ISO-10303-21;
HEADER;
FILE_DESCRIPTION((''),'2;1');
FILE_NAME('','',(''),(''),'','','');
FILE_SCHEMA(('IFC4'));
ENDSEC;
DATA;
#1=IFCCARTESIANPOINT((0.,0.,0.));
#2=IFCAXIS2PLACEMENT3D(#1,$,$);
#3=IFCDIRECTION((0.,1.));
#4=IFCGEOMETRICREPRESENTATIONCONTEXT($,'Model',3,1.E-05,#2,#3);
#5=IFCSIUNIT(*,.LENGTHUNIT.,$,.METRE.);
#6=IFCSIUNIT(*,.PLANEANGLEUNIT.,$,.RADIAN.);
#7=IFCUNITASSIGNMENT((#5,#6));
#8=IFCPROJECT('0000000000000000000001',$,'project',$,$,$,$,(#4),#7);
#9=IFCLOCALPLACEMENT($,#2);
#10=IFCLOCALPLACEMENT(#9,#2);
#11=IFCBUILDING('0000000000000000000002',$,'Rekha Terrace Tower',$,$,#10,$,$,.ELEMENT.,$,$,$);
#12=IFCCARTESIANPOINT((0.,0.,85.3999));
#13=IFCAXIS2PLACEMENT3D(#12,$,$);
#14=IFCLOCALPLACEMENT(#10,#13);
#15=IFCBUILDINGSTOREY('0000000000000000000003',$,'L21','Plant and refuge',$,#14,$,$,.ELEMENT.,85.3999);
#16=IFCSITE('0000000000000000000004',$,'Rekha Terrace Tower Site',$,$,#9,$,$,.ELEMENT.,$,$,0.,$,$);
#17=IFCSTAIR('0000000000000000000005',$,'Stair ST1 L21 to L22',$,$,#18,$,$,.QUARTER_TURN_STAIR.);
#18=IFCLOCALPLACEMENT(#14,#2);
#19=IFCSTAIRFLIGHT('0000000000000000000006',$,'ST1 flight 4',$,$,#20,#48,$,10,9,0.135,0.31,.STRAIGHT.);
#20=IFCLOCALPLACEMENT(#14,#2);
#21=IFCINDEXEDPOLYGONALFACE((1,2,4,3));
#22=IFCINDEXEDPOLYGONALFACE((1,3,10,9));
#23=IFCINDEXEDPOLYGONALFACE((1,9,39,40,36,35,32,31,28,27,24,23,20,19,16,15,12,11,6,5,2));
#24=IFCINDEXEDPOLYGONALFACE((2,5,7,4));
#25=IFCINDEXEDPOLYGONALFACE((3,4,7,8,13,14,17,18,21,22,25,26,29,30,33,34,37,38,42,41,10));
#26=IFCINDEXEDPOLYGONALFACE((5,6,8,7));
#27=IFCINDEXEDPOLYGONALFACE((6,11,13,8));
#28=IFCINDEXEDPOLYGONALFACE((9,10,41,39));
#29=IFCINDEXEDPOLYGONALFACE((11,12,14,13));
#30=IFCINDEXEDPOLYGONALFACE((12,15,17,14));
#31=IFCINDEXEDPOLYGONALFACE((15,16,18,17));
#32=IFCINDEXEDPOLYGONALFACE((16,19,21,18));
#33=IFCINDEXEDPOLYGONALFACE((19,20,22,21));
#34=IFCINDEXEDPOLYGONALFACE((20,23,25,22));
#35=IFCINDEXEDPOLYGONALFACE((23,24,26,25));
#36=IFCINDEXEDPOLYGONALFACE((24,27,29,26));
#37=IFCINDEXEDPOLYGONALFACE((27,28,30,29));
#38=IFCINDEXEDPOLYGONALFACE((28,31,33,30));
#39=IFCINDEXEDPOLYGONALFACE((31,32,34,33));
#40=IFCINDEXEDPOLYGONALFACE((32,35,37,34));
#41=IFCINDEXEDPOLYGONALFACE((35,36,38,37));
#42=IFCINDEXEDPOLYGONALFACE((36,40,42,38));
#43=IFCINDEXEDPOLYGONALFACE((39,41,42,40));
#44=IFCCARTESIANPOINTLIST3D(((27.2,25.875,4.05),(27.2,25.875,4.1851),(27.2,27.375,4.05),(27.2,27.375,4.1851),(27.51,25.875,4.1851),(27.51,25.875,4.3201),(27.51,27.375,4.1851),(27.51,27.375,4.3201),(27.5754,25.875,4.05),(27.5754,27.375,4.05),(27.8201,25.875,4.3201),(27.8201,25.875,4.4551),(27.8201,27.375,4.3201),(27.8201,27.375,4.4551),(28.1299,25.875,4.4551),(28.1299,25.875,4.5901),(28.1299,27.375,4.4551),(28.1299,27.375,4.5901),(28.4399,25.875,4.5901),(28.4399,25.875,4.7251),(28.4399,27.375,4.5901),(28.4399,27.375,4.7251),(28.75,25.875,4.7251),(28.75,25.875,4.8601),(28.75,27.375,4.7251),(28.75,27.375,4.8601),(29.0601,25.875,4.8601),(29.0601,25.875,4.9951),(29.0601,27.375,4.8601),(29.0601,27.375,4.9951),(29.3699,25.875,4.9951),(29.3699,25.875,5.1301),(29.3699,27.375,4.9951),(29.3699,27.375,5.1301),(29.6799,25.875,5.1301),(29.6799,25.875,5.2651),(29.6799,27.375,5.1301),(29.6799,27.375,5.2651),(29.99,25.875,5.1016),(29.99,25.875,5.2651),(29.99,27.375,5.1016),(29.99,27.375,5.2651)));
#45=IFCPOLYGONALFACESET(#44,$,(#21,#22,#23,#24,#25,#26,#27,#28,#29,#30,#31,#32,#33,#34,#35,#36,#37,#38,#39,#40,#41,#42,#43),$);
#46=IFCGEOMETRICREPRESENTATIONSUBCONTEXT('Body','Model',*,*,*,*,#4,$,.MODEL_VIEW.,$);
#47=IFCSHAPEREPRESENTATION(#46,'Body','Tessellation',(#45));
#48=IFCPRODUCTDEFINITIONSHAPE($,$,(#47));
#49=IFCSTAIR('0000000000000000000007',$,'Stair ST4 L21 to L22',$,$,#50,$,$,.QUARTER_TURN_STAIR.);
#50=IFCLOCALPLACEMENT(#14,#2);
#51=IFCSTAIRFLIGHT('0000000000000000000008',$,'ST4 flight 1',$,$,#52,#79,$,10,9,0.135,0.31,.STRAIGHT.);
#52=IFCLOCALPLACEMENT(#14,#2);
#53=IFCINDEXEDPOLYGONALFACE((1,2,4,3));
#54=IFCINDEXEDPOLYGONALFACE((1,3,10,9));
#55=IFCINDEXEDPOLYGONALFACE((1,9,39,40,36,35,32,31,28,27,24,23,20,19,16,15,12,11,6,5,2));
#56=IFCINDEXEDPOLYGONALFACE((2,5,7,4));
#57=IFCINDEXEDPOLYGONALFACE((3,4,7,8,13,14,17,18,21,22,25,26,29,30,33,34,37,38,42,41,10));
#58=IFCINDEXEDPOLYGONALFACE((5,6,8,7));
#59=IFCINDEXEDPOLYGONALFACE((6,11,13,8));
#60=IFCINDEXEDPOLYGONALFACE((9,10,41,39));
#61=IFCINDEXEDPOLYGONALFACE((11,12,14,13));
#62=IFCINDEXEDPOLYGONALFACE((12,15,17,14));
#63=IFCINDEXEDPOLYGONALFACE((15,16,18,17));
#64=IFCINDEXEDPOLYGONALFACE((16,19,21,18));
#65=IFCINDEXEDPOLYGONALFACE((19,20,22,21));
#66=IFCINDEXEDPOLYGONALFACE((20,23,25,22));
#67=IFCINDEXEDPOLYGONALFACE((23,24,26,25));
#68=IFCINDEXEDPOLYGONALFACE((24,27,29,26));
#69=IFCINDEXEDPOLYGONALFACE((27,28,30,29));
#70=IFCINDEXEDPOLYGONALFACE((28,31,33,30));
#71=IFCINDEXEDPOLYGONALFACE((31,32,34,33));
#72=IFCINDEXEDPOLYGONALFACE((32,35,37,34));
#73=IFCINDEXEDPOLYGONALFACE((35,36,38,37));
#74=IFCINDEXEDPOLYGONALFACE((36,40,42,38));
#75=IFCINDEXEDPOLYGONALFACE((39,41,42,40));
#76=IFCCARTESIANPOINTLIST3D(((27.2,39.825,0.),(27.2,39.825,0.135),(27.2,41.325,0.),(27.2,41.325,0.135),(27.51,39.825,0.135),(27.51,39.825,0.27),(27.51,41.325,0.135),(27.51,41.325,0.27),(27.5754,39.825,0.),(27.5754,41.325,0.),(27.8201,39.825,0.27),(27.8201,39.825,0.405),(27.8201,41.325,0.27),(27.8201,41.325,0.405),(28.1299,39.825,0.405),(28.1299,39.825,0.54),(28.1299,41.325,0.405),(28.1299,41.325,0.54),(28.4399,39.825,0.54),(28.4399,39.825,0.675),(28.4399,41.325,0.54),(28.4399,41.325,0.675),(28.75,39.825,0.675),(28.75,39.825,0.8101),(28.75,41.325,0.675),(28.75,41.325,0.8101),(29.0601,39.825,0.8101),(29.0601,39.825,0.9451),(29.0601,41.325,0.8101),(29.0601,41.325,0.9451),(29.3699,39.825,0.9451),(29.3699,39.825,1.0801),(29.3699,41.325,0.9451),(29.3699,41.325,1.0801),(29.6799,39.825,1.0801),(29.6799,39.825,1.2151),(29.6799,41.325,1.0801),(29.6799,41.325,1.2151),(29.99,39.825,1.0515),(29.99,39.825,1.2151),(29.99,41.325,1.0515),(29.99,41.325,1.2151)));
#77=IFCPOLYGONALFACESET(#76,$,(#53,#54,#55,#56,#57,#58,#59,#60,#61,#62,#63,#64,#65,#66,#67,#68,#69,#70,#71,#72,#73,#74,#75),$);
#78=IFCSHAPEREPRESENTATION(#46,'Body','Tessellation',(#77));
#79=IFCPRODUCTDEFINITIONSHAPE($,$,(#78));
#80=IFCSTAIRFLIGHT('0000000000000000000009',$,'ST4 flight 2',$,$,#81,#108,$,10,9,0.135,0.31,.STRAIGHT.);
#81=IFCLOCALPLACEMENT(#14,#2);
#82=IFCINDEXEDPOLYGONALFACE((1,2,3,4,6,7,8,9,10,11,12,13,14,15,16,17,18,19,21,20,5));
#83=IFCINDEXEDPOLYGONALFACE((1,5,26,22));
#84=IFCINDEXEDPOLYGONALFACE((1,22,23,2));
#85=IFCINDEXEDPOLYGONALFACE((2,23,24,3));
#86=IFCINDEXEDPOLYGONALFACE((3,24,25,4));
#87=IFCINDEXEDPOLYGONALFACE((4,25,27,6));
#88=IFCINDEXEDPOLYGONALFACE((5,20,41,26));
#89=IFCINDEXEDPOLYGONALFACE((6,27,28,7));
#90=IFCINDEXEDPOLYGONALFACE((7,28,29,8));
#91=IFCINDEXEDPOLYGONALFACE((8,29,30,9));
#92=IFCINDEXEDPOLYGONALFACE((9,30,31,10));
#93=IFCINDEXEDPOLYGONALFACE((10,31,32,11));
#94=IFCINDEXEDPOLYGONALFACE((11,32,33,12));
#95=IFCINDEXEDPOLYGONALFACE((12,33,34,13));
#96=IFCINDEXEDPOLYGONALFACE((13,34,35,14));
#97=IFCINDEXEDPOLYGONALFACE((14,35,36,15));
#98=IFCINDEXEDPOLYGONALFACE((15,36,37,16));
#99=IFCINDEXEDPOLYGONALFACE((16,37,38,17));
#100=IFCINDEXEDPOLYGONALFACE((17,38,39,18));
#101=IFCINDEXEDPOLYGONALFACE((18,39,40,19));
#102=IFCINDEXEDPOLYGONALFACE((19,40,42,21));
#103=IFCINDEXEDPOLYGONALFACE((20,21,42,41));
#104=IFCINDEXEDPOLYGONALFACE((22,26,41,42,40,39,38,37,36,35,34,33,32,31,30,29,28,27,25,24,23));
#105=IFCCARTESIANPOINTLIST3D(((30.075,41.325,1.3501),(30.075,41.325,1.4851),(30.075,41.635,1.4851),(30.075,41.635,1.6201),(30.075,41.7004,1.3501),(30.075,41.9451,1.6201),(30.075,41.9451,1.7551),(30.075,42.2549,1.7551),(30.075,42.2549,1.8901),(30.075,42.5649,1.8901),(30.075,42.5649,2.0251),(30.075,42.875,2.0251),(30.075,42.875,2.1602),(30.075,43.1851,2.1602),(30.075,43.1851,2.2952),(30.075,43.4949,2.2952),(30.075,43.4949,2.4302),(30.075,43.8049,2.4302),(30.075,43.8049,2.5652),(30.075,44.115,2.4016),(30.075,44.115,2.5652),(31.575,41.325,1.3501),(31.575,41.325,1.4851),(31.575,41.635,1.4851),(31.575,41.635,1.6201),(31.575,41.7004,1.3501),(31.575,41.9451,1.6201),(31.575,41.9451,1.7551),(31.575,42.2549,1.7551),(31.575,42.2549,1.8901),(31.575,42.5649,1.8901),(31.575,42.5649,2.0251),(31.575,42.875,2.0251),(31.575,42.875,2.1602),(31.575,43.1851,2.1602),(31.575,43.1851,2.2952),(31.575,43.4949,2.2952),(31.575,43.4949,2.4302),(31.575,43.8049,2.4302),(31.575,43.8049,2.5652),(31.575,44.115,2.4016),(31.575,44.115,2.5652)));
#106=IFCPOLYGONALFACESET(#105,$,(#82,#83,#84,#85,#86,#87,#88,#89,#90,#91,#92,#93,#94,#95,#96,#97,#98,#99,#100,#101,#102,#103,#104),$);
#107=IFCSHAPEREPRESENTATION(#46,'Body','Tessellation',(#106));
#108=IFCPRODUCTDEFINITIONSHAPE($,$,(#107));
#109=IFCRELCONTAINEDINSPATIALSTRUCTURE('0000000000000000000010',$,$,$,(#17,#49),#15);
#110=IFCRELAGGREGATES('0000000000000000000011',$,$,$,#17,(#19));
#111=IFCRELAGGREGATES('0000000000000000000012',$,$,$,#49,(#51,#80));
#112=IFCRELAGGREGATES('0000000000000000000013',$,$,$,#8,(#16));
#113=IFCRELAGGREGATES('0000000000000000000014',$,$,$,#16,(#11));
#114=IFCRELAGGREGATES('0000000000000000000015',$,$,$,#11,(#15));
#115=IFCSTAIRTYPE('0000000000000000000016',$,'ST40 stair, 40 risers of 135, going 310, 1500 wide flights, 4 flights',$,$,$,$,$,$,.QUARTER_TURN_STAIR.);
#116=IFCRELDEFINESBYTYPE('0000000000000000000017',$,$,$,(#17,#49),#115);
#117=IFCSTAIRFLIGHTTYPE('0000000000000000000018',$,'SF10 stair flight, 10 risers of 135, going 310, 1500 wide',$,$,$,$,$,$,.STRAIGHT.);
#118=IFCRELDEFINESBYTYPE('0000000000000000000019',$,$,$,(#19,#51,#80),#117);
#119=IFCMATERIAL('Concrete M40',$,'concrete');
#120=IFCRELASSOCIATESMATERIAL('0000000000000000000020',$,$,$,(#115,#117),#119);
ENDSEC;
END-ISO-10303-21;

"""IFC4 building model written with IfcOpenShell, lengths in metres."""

from ifc_helpers import new_model, si_unit, direction, frame, origin, place, context, subcontext, project, spatial, polyline, outline, extrude, material, type_object, element, aggregate, save


model = new_model("IFC4")

# Units and contexts
model_context = context("Model", 3, precision=1e-05, world=origin(), true_north=direction((0.0, 1.0)))
body_context = subcontext(model_context, "Body", "Model", "MODEL_VIEW")
ifc_project = project(units=[si_unit("LENGTHUNIT", "METRE"), si_unit("PLANEANGLEUNIT", "RADIAN")], contexts=[model_context])

# Site, building, storey
site_placement = place(None, origin())
site = spatial("IfcSite", under=ifc_project, at=site_placement, Name="Rekha Terrace Tower Site", CompositionType="ELEMENT", RefElevation=0.0)
building_placement = place(site_placement, origin())
building = spatial("IfcBuilding", under=site, at=building_placement, Name="Rekha Terrace Tower", CompositionType="ELEMENT")
storey_placement = place(building_placement, frame((0.0, 0.0, 85.3999)))
storey = spatial("IfcBuildingStorey", under=building, at=storey_placement, Name="L21", Description="Plant and refuge", CompositionType="ELEMENT", Elevation=85.3999)

# Stair, stair flight
ifc_material_1 = material(Name="Concrete M40", Category="concrete")
stair_type = type_object("IfcStairType", Name="ST40 stair, 40 risers of 135, going 310, 1500 wide flights, 4 flights", PredefinedType="QUARTER_TURN_STAIR", material=ifc_material_1)
stair_1_placement = place(storey_placement, origin())
stair_1 = element("IfcStair", 1, at=stair_1_placement, inside=storey, type_object=stair_type, Name="Stair ST1 L21 to L22", PredefinedType="QUARTER_TURN_STAIR")
stair_flight_type = type_object("IfcStairFlightType", Name="SF10 stair flight, 10 risers of 135, going 310, 1500 wide", PredefinedType="STRAIGHT", material=ifc_material_1)
stair_flight_1_placement = place(storey_placement, frame((27.2, 26.625, 4.05), z_axis=(0.0, 0.0, 1.0), x_axis=(1.0, 0.0, 0.0)))
stair_flight_1 = element("IfcStairFlight", 2, at=stair_flight_1_placement, type_object=stair_flight_type, Name="ST1 flight 4", NumberOfRisers=10, NumberOfTreads=9, PredefinedType="STRAIGHT", RiserHeight=0.135, TreadLength=0.31, context=body_context, shape_type="SweptSolid", body=[
    extrude(outline(polyline([(0.0, 0.0), (0.0, 0.135), (0.3101, 0.135), (0.3101, 0.27), (0.6201, 0.27), (0.6201, 0.405), (0.9299, 0.405), (0.9299, 0.54), (1.24, 0.54), (1.24, 0.675), (1.55, 0.675), (1.55, 0.8101), (1.8601, 0.8101), (1.8601, 0.9451), (2.1699, 0.9451), (2.1699, 1.0801), (2.48, 1.0801), (2.48, 1.2151), (2.79, 1.2151), (2.79, 1.3501), (2.79, 1.0515), (0.3755, 0.0), (0.0, 0.0)])), frame((0.0, 0.75, 0.0), z_axis=(0.0, -1.0, 0.0), x_axis=(1.0, 0.0, 0.0)), (0.0, 0.0, 1.0), 1.5),
])
aggregate(stair_1, [stair_flight_1])

# Stair, stair flights
stair_2_placement = place(storey_placement, origin())
stair_2 = element("IfcStair", 3, at=stair_2_placement, inside=storey, type_object=stair_type, Name="Stair ST4 L21 to L22", PredefinedType="QUARTER_TURN_STAIR")
stair_flight_2_placement = place(storey_placement, frame((27.2, 40.575, 0.0), z_axis=(0.0, 0.0, 1.0), x_axis=(1.0, 0.0, 0.0)))
stair_flight_2 = element("IfcStairFlight", 4, at=stair_flight_2_placement, type_object=stair_flight_type, Name="ST4 flight 1", NumberOfRisers=10, NumberOfTreads=9, PredefinedType="STRAIGHT", RiserHeight=0.135, TreadLength=0.31, context=body_context, shape_type="SweptSolid", body=[
    extrude(outline(polyline([(0.0, 0.0), (0.0, 0.135), (0.3101, 0.135), (0.3101, 0.27), (0.6201, 0.27), (0.6201, 0.405), (0.9299, 0.405), (0.9299, 0.54), (1.24, 0.54), (1.24, 0.675), (1.55, 0.675), (1.55, 0.8101), (1.8601, 0.8101), (1.8601, 0.9451), (2.1699, 0.9451), (2.1699, 1.0801), (2.48, 1.0801), (2.48, 1.2151), (2.79, 1.2151), (2.79, 1.3501), (2.79, 1.0515), (0.3755, 0.0), (0.0, 0.0)])), frame((0.0, 0.75, 0.0), z_axis=(0.0, -1.0, 0.0), x_axis=(1.0, 0.0, 0.0)), (0.0, 0.0, 1.0), 1.5),
])
stair_flight_3_placement = place(storey_placement, frame((30.825, 41.325, 1.3501), z_axis=(0.0, 0.0, 1.0), x_axis=(0.0, 1.0, 0.0)))
stair_flight_3 = element("IfcStairFlight", 5, at=stair_flight_3_placement, type_object=stair_flight_type, Name="ST4 flight 2", NumberOfRisers=10, NumberOfTreads=9, PredefinedType="STRAIGHT", RiserHeight=0.135, TreadLength=0.31, context=body_context, shape_type="SweptSolid", body=[
    extrude(outline(polyline([(0.0, 0.0), (0.0, 0.135), (0.3101, 0.135), (0.3101, 0.27), (0.6201, 0.27), (0.6201, 0.405), (0.9299, 0.405), (0.9299, 0.54), (1.24, 0.54), (1.24, 0.675), (1.55, 0.675), (1.55, 0.8101), (1.8601, 0.8101), (1.8601, 0.9451), (2.1699, 0.9451), (2.1699, 1.0801), (2.48, 1.0801), (2.48, 1.2151), (2.79, 1.2151), (2.79, 1.3501), (2.79, 1.0515), (0.3755, 0.0), (0.0, 0.0)])), frame((0.0, 0.75, 0.0), z_axis=(0.0, -1.0, 0.0), x_axis=(1.0, 0.0, 0.0)), (0.0, 0.0, 1.0), 1.5),
])
aggregate(stair_2, [stair_flight_2, stair_flight_3])

save(model, "model.ifc")
